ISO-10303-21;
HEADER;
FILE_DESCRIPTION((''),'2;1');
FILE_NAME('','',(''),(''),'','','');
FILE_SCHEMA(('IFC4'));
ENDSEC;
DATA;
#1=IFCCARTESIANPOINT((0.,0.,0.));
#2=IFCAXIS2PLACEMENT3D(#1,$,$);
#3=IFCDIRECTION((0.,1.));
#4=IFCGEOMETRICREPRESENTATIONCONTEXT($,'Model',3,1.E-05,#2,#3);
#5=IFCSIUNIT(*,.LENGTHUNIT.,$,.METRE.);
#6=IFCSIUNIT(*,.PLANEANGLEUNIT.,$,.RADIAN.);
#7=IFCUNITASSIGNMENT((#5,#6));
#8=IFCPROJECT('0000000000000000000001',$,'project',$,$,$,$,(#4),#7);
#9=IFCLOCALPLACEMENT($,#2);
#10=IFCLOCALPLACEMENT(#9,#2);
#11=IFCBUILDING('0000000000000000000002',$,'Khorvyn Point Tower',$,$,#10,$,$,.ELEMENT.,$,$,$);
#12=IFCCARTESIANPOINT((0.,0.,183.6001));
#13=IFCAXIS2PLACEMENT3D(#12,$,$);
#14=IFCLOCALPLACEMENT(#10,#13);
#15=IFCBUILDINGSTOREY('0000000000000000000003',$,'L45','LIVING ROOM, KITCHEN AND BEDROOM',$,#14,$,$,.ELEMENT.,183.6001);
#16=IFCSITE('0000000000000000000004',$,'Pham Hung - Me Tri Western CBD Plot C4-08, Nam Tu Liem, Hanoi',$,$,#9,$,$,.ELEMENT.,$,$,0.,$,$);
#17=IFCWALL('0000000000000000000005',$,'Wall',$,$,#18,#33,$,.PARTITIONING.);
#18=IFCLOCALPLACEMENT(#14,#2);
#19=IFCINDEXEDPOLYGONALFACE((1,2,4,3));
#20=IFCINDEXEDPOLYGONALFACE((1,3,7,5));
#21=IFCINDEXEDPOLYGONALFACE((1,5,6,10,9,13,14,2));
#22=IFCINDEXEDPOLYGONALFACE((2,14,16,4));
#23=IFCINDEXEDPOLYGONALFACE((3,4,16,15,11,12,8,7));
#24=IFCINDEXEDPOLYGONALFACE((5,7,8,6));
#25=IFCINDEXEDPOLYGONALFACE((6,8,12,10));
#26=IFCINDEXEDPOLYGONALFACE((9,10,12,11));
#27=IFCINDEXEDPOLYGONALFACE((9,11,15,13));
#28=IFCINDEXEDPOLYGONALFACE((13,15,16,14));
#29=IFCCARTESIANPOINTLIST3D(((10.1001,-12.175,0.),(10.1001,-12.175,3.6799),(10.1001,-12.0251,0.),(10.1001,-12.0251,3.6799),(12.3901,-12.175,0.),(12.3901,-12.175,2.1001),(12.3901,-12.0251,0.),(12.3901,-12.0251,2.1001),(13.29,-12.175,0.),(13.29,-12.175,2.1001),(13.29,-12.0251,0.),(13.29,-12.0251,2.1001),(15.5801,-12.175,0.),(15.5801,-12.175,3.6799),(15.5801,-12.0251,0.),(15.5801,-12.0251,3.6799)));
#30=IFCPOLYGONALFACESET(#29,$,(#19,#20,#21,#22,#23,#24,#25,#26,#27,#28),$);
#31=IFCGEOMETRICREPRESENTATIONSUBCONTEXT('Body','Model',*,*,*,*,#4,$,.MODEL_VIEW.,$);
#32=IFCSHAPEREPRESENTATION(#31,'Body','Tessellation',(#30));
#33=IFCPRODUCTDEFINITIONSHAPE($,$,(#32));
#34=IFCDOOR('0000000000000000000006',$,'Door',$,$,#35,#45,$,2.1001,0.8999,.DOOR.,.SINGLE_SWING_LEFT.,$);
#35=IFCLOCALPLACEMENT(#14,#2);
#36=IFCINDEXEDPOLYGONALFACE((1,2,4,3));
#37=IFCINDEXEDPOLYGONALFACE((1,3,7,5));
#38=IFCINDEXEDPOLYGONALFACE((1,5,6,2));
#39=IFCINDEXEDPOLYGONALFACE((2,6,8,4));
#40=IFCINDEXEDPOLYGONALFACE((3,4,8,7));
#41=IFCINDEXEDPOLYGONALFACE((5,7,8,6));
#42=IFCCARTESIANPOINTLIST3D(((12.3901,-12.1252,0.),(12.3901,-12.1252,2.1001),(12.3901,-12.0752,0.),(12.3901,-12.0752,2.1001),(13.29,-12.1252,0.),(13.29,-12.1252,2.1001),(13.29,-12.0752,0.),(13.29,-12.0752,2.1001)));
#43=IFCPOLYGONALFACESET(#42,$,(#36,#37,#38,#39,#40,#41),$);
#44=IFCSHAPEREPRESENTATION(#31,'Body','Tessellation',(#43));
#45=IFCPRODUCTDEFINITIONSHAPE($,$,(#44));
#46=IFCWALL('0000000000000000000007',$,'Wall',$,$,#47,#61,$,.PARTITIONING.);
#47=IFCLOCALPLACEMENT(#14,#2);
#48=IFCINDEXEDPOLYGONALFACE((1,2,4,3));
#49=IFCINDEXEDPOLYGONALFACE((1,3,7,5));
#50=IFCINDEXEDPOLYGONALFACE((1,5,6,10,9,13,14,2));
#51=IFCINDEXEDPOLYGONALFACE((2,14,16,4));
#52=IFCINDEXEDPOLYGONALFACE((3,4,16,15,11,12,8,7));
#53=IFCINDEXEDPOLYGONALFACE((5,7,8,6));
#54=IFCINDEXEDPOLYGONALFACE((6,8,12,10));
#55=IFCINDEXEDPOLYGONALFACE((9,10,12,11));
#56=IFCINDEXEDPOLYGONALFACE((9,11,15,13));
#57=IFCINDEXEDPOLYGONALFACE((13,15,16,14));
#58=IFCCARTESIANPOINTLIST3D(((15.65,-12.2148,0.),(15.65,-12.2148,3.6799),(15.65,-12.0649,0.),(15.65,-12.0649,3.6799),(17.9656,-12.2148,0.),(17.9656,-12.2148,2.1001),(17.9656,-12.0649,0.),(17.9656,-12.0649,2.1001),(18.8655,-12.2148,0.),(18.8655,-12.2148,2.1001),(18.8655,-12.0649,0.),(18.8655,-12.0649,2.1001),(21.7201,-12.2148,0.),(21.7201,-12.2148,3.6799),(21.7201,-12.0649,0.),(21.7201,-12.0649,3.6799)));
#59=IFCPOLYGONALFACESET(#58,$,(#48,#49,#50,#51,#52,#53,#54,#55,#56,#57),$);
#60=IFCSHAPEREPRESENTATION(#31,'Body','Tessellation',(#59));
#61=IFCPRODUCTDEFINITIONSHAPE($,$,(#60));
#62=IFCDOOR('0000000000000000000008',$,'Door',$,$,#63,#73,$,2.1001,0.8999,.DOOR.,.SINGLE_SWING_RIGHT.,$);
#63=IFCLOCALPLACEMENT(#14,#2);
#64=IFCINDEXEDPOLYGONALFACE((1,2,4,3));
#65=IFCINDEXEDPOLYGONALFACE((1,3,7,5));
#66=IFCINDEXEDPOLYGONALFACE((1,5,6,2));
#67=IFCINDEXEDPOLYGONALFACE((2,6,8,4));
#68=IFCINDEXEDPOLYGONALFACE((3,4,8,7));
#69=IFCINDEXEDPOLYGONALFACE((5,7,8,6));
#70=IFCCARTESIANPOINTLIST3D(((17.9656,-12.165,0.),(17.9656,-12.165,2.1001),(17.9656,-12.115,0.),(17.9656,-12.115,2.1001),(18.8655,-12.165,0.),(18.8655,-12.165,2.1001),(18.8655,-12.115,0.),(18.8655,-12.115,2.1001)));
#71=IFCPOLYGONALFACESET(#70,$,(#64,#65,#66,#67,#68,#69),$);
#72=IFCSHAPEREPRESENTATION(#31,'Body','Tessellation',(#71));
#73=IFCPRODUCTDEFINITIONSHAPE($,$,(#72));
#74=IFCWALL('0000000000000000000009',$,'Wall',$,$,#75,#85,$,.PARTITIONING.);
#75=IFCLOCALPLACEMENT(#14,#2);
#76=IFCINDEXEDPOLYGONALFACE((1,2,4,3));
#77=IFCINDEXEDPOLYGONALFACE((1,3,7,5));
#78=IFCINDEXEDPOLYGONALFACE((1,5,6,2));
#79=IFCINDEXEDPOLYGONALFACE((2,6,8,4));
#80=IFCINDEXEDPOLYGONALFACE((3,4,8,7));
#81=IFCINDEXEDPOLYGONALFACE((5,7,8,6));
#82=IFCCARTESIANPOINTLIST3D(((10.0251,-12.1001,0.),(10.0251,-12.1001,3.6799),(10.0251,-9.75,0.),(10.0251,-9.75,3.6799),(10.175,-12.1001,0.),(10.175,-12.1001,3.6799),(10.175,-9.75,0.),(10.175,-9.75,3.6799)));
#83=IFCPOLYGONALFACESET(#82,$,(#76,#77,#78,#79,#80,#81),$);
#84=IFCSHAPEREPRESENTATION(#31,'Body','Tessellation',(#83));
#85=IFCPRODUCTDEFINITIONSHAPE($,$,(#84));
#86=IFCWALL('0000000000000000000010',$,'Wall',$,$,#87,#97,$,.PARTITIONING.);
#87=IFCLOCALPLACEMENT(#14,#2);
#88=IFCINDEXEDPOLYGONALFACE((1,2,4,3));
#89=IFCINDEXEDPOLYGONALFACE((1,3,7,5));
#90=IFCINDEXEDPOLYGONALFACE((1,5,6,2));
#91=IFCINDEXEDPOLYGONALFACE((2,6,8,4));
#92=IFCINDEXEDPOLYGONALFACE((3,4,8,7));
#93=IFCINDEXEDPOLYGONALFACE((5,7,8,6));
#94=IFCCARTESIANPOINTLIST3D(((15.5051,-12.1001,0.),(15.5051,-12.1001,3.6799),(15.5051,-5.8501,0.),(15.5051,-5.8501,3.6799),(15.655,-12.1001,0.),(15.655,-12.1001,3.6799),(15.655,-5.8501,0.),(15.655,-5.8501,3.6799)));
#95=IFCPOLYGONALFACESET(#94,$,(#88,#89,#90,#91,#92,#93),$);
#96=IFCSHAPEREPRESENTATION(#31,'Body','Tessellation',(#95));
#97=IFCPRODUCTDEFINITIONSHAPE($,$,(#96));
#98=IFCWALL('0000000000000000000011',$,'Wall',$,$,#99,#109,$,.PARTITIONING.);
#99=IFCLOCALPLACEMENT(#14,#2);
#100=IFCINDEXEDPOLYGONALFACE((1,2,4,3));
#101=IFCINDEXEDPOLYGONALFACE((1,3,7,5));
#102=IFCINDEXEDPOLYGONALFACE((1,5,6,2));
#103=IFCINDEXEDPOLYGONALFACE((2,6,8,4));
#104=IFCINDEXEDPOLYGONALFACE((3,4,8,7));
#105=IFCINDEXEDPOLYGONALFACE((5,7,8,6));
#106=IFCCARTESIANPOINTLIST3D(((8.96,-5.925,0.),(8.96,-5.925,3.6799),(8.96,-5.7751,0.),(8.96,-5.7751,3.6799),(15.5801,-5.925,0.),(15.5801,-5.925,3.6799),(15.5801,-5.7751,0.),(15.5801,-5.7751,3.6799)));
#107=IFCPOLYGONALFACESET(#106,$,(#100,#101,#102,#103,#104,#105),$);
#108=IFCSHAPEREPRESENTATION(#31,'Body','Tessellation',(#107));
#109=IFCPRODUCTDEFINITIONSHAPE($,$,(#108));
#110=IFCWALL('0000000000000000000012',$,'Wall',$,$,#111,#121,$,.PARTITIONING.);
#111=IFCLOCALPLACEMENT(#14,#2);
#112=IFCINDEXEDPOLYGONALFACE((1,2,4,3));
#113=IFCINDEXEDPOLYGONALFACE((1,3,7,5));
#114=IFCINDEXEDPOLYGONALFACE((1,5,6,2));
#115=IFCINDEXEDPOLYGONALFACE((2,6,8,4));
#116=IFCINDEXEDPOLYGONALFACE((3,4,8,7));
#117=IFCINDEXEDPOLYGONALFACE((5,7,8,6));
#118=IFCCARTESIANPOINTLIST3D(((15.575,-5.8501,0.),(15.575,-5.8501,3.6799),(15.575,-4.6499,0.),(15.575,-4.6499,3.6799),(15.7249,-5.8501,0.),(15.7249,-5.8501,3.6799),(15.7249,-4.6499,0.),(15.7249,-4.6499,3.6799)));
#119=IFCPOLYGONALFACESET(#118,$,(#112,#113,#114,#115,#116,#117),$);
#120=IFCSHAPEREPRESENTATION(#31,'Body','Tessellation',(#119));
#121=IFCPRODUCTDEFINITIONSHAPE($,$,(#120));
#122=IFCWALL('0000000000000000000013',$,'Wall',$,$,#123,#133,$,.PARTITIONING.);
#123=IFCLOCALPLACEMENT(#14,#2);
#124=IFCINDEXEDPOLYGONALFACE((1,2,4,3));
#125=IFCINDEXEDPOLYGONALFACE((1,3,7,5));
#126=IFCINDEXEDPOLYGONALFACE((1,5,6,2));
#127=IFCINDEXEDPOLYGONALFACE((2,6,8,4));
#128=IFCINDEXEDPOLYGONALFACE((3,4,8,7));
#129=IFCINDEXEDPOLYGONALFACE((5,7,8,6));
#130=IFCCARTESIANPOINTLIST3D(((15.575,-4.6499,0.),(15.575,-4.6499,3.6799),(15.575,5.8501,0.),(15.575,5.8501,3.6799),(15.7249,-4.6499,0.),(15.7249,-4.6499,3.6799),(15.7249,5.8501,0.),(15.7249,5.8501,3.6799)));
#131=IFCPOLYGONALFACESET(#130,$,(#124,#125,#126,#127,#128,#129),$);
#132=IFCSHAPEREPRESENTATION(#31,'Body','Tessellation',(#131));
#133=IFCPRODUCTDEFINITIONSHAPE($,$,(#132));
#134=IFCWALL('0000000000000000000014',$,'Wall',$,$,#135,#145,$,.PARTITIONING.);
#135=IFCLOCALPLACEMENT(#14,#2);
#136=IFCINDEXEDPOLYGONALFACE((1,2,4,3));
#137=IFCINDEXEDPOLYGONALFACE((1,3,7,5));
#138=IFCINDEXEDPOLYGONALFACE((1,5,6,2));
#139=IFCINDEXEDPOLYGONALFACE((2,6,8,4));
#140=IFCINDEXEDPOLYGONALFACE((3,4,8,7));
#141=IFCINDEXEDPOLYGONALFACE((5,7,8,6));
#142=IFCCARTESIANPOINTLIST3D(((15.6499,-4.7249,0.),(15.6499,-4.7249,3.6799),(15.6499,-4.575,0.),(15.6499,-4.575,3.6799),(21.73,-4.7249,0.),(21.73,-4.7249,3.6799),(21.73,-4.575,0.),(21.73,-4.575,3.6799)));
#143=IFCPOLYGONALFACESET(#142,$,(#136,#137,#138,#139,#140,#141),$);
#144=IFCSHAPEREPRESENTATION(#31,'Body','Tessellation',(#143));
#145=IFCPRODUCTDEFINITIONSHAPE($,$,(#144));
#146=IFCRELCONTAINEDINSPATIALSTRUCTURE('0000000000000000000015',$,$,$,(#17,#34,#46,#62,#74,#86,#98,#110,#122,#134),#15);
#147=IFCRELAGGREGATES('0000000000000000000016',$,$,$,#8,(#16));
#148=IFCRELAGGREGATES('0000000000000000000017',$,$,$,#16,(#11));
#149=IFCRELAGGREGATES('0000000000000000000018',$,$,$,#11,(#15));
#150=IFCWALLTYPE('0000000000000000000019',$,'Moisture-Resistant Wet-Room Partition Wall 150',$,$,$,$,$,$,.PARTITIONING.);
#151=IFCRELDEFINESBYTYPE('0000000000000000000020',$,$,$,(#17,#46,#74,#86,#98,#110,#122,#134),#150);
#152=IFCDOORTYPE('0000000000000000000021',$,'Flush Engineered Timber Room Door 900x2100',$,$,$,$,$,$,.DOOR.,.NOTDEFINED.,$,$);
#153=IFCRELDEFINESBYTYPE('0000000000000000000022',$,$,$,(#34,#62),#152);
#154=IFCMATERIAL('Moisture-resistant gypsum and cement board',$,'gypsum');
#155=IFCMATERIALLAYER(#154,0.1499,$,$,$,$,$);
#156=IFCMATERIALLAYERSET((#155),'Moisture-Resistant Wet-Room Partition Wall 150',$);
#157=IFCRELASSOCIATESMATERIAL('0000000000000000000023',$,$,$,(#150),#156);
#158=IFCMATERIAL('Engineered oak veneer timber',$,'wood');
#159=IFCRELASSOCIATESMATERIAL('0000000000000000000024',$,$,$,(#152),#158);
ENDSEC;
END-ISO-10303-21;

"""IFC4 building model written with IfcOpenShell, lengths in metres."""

from ifc_helpers import new_model, si_unit, direction, frame, frame_2d, origin, place, context, subcontext, project, spatial, rectangle, extrude, material, layer, layer_set, type_object, element, fill, save


model = new_model("IFC4")

# Units and contexts
model_context = context("Model", 3, precision=1e-05, world=origin(), true_north=direction((0.0, 1.0)))
body_context = subcontext(model_context, "Body", "Model", "MODEL_VIEW")
ifc_project = project(units=[si_unit("LENGTHUNIT", "METRE"), si_unit("PLANEANGLEUNIT", "RADIAN")], contexts=[model_context])

# Site, building, storey
site_placement = place(None, origin())
site = spatial("IfcSite", under=ifc_project, at=site_placement, Name="Pham Hung - Me Tri Western CBD Plot C4-08, Nam Tu Liem, Hanoi", CompositionType="ELEMENT", RefElevation=0.0)
building_placement = place(site_placement, origin())
building = spatial("IfcBuilding", under=site, at=building_placement, Name="Khorvyn Point Tower", CompositionType="ELEMENT")
storey_placement = place(building_placement, frame((0.0, 0.0, 183.6001)))
storey = spatial("IfcBuildingStorey", under=building, at=storey_placement, Name="L45", Description="LIVING ROOM, KITCHEN AND BEDROOM", CompositionType="ELEMENT", Elevation=183.6001)

# Walls, openings, doors
ifc_material_1 = material(Name="Moisture-resistant gypsum and cement board", Category="gypsum")
ifc_layer_1 = layer(ifc_material_1, 0.1499)
ifc_layer_set_1 = layer_set([ifc_layer_1], Name="Moisture-Resistant Wet-Room Partition Wall 150")
wall_type_1 = type_object("IfcWallType", Name="Moisture-Resistant Wet-Room Partition Wall 150", PredefinedType="PARTITIONING", material=ifc_layer_set_1)
wall_1_placement = place(storey_placement, frame((10.1001, -12.1001, 0.0), z_axis=(0.0, 0.0, 1.0), x_axis=(1.0, 0.0, 0.0)))
wall_1 = element("IfcWall", 1, at=wall_1_placement, inside=storey, type_object=wall_type_1, Name="Wall", PredefinedType="PARTITIONING", context=body_context, shape_type="SweptSolid", body=[
    extrude(rectangle(XDim=5.48, YDim=0.1499, at=frame_2d((2.74, 0.0))), origin(), (0.0, 0.0, 1.0), 3.6799),
])
opening_1_placement = place(wall_1_placement, frame((2.29, 0.0, 0.0)))
opening_1 = element("IfcOpeningElement", 2, at=opening_1_placement, cuts=wall_1, PredefinedType="OPENING", context=body_context, shape_type="SweptSolid", body=[
    extrude(rectangle(XDim=0.8999, YDim=2.1001, at=frame_2d((0.45, 1.05))), frame((0.0, 0.085, 0.0), z_axis=(0.0, -1.0, 0.0), x_axis=(1.0, 0.0, 0.0)), (0.0, 0.0, 1.0), 0.1699),
])
ifc_material_2 = material(Name="Engineered oak veneer timber", Category="wood")
door_type = type_object("IfcDoorType", Name="Flush Engineered Timber Room Door 900x2100", OperationType="NOTDEFINED", PredefinedType="DOOR", material=ifc_material_2)
door_1_placement = place(opening_1_placement, origin())
door_1 = element("IfcDoor", 3, at=door_1_placement, inside=storey, type_object=door_type, Name="Door", OperationType="SINGLE_SWING_LEFT", OverallHeight=2.1001, OverallWidth=0.8999, PredefinedType="DOOR", context=body_context, shape_type="SweptSolid", body=[
    extrude(rectangle(XDim=0.8999, YDim=2.1001, at=frame_2d((0.45, 1.05))), frame((0.0, 0.0249, 0.0), z_axis=(0.0, -1.0, 0.0), x_axis=(1.0, 0.0, 0.0)), (0.0, 0.0, 1.0), 0.05),
])
fill(opening_1, door_1)
wall_2_placement = place(storey_placement, frame((15.6499, -12.1399, 0.0), z_axis=(0.0, 0.0, 1.0), x_axis=(1.0, 0.0, 0.0)))
wall_2 = element("IfcWall", 4, at=wall_2_placement, inside=storey, type_object=wall_type_1, Name="Wall", PredefinedType="PARTITIONING", context=body_context, shape_type="SweptSolid", body=[
    extrude(rectangle(XDim=6.0701, YDim=0.1499, at=frame_2d((3.0352, 0.0))), origin(), (0.0, 0.0, 1.0), 3.6799),
])
opening_2_placement = place(wall_2_placement, frame((2.3157, 0.0, 0.0)))
opening_2 = element("IfcOpeningElement", 5, at=opening_2_placement, cuts=wall_2, PredefinedType="OPENING", context=body_context, shape_type="SweptSolid", body=[
    extrude(rectangle(XDim=0.8999, YDim=2.1001, at=frame_2d((0.45, 1.05))), frame((0.0, 0.085, 0.0), z_axis=(0.0, -1.0, 0.0), x_axis=(1.0, 0.0, 0.0)), (0.0, 0.0, 1.0), 0.1699),
])
door_2_placement = place(opening_2_placement, origin())
door_2 = element("IfcDoor", 6, at=door_2_placement, inside=storey, type_object=door_type, Name="Door", OperationType="SINGLE_SWING_RIGHT", OverallHeight=2.1001, OverallWidth=0.8999, PredefinedType="DOOR", context=body_context, shape_type="SweptSolid", body=[
    extrude(rectangle(XDim=0.8999, YDim=2.1001, at=frame_2d((0.45, 1.05))), frame((0.0, 0.0249, 0.0), z_axis=(0.0, -1.0, 0.0), x_axis=(1.0, 0.0, 0.0)), (0.0, 0.0, 1.0), 0.05),
])
fill(opening_2, door_2)

# Walls
wall_3_placement = place(storey_placement, frame((10.1001, -12.1001, 0.0), z_axis=(0.0, 0.0, 1.0), x_axis=(0.0, 1.0, 0.0)))
element("IfcWall", 7, at=wall_3_placement, inside=storey, type_object=wall_type_1, Name="Wall", PredefinedType="PARTITIONING", context=body_context, shape_type="SweptSolid", body=[
    extrude(rectangle(XDim=2.3501, YDim=0.1499, at=frame_2d((1.175, 0.0))), origin(), (0.0, 0.0, 1.0), 3.6799),
])
wall_4_placement = place(storey_placement, frame((15.5801, -12.1001, 0.0), z_axis=(0.0, 0.0, 1.0), x_axis=(0.0, 1.0, 0.0)))
element("IfcWall", 8, at=wall_4_placement, inside=storey, type_object=wall_type_1, Name="Wall", PredefinedType="PARTITIONING", context=body_context, shape_type="SweptSolid", body=[
    extrude(rectangle(XDim=6.25, YDim=0.1499, at=frame_2d((3.125, 0.0))), origin(), (0.0, 0.0, 1.0), 3.6799),
])
wall_5_placement = place(storey_placement, frame((8.96, -5.8501, 0.0), z_axis=(0.0, 0.0, 1.0), x_axis=(1.0, 0.0, 0.0)))
element("IfcWall", 9, at=wall_5_placement, inside=storey, type_object=wall_type_1, Name="Wall", PredefinedType="PARTITIONING", context=body_context, shape_type="SweptSolid", body=[
    extrude(rectangle(XDim=6.6201, YDim=0.1499, at=frame_2d((3.3101, 0.0))), origin(), (0.0, 0.0, 1.0), 3.6799),
])
wall_6_placement = place(storey_placement, frame((15.6499, -5.8501, 0.0), z_axis=(0.0, 0.0, 1.0), x_axis=(0.0, 1.0, 0.0)))
element("IfcWall", 10, at=wall_6_placement, inside=storey, type_object=wall_type_1, Name="Wall", PredefinedType="PARTITIONING", context=body_context, shape_type="SweptSolid", body=[
    extrude(rectangle(XDim=1.2002, YDim=0.1499, at=frame_2d((0.6001, 0.0))), origin(), (0.0, 0.0, 1.0), 3.6799),
])
wall_7_placement = place(storey_placement, frame((15.6499, -4.6499, 0.0), z_axis=(0.0, 0.0, 1.0), x_axis=(0.0, 1.0, 0.0)))
element("IfcWall", 11, at=wall_7_placement, inside=storey, type_object=wall_type_1, Name="Wall", PredefinedType="PARTITIONING", context=body_context, shape_type="SweptSolid", body=[
    extrude(rectangle(XDim=10.5, YDim=0.1499, at=frame_2d((5.25, 0.0))), origin(), (0.0, 0.0, 1.0), 3.6799),
])
wall_8_placement = place(storey_placement, frame((15.6499, -4.6499, 0.0), z_axis=(0.0, 0.0, 1.0), x_axis=(1.0, 0.0, 0.0)))
element("IfcWall", 12, at=wall_8_placement, inside=storey, type_object=wall_type_1, Name="Wall", PredefinedType="PARTITIONING", context=body_context, shape_type="SweptSolid", body=[
    extrude(rectangle(XDim=6.0801, YDim=0.1499, at=frame_2d((3.04, 0.0))), origin(), (0.0, 0.0, 1.0), 3.6799),
])

save(model, "model.ifc")
